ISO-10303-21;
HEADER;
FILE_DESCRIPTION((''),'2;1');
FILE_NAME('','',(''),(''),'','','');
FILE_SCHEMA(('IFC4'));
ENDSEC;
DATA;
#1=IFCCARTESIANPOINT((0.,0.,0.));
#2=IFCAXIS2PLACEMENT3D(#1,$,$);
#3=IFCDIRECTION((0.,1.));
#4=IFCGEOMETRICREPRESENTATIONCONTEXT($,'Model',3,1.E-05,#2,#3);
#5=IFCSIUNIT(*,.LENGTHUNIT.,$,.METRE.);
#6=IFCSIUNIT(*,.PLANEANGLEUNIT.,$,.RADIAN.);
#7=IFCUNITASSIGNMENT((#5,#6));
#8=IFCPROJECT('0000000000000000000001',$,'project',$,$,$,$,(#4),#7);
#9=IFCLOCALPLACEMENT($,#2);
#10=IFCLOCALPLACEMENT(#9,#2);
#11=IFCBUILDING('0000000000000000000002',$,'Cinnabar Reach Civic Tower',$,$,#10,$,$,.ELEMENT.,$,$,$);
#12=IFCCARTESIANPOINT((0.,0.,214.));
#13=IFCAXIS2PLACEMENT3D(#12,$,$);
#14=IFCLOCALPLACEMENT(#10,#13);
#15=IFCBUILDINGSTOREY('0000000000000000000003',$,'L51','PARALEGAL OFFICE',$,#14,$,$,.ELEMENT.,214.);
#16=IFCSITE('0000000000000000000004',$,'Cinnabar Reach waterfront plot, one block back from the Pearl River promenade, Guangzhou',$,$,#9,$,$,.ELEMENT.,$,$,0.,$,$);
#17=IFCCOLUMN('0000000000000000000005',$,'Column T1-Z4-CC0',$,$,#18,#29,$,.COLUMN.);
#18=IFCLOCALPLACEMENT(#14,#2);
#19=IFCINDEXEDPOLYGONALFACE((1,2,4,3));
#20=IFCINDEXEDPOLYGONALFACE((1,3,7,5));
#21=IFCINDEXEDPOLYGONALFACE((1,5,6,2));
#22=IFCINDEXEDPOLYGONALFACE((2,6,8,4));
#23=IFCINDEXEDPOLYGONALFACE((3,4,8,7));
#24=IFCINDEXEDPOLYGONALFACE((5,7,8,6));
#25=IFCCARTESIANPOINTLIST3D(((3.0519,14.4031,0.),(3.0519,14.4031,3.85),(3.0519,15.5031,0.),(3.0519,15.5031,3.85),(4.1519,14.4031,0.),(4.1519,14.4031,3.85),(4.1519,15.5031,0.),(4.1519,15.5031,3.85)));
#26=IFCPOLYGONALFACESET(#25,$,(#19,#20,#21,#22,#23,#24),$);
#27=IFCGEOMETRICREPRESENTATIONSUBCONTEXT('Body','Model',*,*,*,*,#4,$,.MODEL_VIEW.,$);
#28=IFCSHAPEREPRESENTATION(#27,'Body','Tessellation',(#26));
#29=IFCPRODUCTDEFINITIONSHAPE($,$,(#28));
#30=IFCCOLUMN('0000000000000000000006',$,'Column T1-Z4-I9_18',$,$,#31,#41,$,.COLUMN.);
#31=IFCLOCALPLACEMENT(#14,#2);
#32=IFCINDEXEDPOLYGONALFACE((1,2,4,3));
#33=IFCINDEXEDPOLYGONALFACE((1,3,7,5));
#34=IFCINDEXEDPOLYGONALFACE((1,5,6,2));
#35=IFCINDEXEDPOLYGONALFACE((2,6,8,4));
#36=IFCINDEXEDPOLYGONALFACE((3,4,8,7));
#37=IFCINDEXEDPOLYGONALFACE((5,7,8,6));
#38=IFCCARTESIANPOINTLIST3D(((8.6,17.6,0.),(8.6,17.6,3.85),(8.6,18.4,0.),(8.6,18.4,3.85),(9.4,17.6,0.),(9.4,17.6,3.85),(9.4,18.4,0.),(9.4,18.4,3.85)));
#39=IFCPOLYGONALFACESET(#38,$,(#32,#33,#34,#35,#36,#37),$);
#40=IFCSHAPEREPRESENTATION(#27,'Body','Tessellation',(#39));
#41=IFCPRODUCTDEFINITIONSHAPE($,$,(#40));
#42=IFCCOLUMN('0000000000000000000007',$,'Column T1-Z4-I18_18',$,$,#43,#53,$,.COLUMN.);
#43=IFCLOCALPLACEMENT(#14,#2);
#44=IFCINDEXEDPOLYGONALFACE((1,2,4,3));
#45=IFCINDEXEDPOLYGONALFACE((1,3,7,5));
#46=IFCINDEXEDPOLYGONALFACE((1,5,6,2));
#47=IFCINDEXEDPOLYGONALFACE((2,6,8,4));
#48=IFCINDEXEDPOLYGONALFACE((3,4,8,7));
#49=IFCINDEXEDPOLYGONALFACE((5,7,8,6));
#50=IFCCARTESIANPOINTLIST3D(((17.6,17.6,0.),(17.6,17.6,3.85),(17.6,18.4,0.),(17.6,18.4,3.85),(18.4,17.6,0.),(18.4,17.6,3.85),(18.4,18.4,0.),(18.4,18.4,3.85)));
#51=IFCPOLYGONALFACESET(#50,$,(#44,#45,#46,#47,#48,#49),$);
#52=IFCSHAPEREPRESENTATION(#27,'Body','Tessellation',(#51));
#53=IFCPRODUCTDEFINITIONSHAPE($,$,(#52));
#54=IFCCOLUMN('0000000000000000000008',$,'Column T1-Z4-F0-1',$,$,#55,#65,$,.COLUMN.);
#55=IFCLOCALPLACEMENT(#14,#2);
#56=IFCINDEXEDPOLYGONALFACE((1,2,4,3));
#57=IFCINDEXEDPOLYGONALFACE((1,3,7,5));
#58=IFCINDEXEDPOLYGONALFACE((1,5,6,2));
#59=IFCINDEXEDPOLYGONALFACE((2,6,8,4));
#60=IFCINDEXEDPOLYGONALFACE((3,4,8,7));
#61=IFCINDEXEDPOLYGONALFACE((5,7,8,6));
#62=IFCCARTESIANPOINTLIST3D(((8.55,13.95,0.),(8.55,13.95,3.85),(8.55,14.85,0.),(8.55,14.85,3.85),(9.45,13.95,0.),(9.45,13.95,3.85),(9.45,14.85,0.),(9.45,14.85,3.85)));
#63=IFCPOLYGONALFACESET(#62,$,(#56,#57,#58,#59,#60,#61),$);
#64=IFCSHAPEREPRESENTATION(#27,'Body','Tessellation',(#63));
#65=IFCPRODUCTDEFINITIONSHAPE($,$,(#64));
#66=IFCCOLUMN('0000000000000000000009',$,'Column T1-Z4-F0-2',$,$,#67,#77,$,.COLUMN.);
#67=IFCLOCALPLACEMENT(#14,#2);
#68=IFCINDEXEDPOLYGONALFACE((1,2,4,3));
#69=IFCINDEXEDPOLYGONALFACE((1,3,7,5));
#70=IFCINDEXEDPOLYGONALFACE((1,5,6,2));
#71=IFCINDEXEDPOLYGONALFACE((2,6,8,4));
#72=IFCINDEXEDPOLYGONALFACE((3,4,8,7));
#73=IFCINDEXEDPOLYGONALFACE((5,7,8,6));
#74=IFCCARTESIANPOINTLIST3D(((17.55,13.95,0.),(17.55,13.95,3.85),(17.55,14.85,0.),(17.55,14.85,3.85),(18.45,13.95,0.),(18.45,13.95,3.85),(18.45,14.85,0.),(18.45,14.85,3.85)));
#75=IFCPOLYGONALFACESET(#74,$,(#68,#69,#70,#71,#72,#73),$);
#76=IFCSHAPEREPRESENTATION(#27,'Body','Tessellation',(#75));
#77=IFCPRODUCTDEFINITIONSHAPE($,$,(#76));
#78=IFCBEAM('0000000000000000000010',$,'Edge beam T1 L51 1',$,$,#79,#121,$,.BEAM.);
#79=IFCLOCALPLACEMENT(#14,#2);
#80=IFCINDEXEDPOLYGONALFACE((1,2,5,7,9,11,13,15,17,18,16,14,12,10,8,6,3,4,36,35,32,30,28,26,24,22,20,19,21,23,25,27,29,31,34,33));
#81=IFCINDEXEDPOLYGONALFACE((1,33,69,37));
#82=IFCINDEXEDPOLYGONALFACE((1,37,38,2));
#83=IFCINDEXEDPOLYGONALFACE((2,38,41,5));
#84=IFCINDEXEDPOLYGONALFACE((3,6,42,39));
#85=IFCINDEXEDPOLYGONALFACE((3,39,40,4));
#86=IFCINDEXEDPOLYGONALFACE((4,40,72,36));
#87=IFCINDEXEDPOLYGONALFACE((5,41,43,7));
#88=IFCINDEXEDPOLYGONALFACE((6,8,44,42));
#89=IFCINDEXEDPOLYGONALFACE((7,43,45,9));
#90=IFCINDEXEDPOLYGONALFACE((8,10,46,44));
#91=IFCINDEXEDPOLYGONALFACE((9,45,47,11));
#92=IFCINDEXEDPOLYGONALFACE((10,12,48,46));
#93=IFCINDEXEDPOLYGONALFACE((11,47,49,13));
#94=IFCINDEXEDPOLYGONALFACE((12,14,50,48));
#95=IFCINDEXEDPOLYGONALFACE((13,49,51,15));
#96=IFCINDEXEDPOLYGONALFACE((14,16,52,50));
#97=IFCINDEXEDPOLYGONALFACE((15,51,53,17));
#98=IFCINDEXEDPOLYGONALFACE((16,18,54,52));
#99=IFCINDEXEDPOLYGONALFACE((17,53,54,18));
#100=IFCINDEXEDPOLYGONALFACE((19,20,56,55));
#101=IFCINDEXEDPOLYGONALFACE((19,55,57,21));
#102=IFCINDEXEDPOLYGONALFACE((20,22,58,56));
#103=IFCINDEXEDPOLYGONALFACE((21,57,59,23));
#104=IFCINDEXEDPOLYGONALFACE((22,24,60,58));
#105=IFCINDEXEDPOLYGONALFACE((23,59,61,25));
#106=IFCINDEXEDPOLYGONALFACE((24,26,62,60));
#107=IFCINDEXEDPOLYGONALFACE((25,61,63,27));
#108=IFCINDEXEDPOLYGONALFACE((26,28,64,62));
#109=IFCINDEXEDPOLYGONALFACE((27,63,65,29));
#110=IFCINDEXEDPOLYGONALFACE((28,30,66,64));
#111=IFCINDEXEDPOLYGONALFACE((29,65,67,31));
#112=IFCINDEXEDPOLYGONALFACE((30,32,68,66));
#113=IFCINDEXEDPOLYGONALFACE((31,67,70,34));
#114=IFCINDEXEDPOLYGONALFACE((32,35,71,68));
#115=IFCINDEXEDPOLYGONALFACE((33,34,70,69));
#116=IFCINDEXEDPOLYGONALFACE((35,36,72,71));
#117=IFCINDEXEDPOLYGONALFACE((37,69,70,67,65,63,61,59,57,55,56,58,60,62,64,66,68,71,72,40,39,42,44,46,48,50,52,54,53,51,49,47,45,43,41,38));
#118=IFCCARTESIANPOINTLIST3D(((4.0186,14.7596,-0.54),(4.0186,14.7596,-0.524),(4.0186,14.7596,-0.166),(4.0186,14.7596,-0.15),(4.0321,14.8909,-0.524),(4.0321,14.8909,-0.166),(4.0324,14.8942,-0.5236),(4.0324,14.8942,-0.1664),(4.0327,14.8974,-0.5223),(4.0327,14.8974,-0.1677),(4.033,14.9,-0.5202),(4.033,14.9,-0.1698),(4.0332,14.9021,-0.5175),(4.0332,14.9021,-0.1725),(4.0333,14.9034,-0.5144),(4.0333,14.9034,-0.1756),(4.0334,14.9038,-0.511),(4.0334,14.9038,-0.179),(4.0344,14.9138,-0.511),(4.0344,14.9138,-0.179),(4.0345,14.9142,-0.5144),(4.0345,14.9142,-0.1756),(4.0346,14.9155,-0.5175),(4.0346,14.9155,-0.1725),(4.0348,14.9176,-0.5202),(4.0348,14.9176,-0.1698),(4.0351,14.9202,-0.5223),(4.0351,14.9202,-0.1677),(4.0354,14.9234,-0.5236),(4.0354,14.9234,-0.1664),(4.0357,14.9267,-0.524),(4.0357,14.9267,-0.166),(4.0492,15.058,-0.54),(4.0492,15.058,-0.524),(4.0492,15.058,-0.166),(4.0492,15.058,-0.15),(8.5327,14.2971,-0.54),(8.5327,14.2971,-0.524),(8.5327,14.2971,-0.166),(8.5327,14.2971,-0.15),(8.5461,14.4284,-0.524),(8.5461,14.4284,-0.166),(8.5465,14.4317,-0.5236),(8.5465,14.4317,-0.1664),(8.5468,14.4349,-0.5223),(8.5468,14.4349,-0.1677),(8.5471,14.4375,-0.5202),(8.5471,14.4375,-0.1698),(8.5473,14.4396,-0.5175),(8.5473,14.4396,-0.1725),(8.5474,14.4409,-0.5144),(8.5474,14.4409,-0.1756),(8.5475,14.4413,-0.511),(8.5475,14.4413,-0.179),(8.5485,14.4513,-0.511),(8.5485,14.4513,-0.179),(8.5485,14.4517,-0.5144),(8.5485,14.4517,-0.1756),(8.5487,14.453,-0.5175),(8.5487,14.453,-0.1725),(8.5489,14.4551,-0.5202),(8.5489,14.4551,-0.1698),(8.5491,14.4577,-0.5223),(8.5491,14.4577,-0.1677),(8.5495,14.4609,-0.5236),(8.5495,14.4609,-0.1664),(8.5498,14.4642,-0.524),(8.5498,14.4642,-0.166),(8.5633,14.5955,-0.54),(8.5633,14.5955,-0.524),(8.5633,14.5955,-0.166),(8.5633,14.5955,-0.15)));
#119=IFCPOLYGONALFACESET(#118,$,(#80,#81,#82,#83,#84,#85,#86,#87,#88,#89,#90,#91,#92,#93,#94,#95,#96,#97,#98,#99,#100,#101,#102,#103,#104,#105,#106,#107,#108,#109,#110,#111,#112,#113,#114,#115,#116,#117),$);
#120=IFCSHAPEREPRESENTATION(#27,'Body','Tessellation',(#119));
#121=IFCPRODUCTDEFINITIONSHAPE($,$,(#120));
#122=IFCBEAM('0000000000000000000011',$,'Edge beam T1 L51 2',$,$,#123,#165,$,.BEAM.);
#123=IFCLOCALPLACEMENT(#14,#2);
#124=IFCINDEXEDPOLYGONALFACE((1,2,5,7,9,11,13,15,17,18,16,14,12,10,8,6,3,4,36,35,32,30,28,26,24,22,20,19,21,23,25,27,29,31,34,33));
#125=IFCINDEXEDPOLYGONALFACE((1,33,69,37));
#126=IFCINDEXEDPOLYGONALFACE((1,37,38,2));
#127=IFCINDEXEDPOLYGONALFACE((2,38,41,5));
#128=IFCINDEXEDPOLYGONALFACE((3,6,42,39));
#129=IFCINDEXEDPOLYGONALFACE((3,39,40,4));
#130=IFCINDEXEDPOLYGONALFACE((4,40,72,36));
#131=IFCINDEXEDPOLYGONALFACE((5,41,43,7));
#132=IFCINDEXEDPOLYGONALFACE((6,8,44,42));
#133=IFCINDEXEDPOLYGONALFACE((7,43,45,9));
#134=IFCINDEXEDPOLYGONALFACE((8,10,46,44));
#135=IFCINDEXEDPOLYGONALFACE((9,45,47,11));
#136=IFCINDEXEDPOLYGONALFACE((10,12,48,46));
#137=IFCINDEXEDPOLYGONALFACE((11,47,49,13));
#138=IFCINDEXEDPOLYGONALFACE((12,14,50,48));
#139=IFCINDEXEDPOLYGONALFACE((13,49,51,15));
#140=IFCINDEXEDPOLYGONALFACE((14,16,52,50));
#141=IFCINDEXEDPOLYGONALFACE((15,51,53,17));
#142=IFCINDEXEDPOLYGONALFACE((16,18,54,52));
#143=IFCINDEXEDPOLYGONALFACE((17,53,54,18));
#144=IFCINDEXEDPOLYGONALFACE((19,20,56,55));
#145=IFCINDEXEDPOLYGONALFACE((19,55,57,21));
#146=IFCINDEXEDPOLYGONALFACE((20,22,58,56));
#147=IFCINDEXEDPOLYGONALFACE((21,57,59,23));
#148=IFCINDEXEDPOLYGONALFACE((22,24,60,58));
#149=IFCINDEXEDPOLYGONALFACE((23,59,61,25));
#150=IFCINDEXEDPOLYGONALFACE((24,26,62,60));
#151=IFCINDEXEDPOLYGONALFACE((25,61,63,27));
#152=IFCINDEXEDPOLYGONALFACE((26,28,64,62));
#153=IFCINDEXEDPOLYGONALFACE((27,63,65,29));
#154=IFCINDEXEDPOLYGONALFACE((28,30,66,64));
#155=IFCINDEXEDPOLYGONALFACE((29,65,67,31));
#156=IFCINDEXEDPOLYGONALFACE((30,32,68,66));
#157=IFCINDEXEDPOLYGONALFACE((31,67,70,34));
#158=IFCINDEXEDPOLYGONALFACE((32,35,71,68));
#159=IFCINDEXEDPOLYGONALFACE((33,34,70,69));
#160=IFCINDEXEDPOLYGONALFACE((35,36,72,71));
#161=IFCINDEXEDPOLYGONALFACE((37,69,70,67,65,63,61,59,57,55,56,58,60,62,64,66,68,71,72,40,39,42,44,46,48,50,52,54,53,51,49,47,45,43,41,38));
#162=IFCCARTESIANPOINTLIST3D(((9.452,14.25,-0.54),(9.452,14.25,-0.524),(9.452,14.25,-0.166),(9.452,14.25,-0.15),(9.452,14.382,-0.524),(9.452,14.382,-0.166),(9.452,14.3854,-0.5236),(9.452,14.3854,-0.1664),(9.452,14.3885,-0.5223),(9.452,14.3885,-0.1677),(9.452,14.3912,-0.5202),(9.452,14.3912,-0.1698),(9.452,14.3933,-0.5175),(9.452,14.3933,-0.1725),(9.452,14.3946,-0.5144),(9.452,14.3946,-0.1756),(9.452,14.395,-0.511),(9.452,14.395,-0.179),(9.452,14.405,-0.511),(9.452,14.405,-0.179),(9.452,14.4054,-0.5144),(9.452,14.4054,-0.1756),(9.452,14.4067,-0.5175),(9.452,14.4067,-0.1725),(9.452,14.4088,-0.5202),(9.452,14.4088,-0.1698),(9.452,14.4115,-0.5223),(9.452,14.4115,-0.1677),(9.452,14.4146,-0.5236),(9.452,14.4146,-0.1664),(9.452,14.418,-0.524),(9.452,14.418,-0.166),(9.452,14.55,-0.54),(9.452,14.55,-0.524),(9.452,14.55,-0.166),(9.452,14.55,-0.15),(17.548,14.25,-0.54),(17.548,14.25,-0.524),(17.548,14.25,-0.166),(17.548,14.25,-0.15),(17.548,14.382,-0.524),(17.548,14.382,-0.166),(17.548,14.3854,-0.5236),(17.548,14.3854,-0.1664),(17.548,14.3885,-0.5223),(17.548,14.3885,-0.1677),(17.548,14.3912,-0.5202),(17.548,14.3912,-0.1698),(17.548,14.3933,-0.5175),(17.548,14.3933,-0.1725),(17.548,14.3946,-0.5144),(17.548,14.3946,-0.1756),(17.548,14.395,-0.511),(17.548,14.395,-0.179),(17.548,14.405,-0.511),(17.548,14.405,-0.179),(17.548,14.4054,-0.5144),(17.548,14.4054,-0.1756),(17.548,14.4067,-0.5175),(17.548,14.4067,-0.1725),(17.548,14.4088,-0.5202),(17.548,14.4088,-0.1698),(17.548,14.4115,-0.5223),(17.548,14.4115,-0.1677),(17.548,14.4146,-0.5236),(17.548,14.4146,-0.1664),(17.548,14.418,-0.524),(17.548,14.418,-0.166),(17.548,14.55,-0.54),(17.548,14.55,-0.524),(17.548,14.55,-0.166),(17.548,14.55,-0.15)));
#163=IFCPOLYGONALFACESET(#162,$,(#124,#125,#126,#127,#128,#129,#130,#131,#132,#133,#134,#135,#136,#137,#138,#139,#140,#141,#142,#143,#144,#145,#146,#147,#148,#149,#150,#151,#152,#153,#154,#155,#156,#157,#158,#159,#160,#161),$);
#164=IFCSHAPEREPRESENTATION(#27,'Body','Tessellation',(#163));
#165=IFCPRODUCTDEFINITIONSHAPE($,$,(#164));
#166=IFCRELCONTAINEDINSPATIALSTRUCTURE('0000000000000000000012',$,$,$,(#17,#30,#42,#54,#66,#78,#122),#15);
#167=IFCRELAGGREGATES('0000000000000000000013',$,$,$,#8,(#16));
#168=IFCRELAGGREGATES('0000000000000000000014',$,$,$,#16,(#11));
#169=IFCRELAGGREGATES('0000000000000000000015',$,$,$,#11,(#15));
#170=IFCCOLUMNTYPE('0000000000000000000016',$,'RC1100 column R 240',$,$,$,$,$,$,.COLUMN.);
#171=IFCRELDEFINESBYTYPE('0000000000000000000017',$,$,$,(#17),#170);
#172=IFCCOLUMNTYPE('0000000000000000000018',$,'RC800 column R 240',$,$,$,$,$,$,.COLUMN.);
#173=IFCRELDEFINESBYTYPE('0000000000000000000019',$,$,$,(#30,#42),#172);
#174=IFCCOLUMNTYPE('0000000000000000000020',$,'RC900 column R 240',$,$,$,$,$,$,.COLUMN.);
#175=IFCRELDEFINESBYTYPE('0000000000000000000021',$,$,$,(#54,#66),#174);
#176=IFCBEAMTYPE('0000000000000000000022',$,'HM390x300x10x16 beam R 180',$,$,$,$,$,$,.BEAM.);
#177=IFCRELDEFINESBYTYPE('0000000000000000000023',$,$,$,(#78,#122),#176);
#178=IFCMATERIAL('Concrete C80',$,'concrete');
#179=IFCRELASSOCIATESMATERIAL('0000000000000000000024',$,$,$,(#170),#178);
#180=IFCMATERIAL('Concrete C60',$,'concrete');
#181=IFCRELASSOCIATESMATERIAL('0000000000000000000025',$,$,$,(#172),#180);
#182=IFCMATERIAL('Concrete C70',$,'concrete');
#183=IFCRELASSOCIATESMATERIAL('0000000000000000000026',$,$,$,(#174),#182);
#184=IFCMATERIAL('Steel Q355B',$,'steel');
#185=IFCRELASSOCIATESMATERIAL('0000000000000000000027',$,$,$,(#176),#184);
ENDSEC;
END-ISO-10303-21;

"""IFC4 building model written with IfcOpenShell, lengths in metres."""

from ifc_helpers import new_model, si_unit, direction, frame, origin, origin_2d, place, context, subcontext, project, spatial, rectangle, i_section, extrude, material, material_profile, profile_set, type_object, element, save


model = new_model("IFC4")

# Units and contexts
model_context = context("Model", 3, precision=1e-05, world=origin(), true_north=direction((0.0, 1.0)))
body_context = subcontext(model_context, "Body", "Model", "MODEL_VIEW")
ifc_project = project(units=[si_unit("LENGTHUNIT", "METRE"), si_unit("PLANEANGLEUNIT", "RADIAN")], contexts=[model_context])

# Site, building, storey
site_placement = place(None, origin())
site = spatial("IfcSite", under=ifc_project, at=site_placement, Name="Cinnabar Reach waterfront plot, one block back from the Pearl River promenade, Guangzhou", CompositionType="ELEMENT", RefElevation=0.0)
building_placement = place(site_placement, origin())
building = spatial("IfcBuilding", under=site, at=building_placement, Name="Cinnabar Reach Civic Tower", CompositionType="ELEMENT")
storey_placement = place(building_placement, frame((0.0, 0.0, 214.0)))
storey = spatial("IfcBuildingStorey", under=building, at=storey_placement, Name="L51", Description="PARALEGAL OFFICE", CompositionType="ELEMENT", Elevation=214.0)

# Columns
ifc_material_1 = material(Name="Concrete C80", Category="concrete")
ifc_material_profile_1 = material_profile(ifc_material_1, rectangle(XDim=1.1, YDim=1.1, at=origin_2d()), Name="RC1100")
ifc_profile_set_1 = profile_set([ifc_material_profile_1], Name="Concrete C80")
column_type_1 = type_object("IfcColumnType", Name="RC1100 column R 240", PredefinedType="COLUMN", material=ifc_profile_set_1)
column_placement = place(storey_placement, frame((3.6019, 14.9531, 0.0), z_axis=(0.0, 0.0, 1.0), x_axis=(1.0, 0.0, 0.0)))
element("IfcColumn", 1, at=column_placement, inside=storey, type_object=column_type_1, Name="Column T1-Z4-CC0", PredefinedType="COLUMN", context=body_context, shape_type="SweptSolid", body=[
    extrude(rectangle(XDim=1.1, YDim=1.1, at=origin_2d()), origin(), (0.0, 0.0, 1.0), 3.85),
])
ifc_material_2 = material(Name="Concrete C60", Category="concrete")
ifc_material_profile_2 = material_profile(ifc_material_2, rectangle(XDim=0.8, YDim=0.8, at=origin_2d()), Name="RC800")
ifc_profile_set_2 = profile_set([ifc_material_profile_2], Name="Concrete C60")
column_type_2 = type_object("IfcColumnType", Name="RC800 column R 240", PredefinedType="COLUMN", material=ifc_profile_set_2)
for number, where, z_axis, x_axis, name in (
    (2, (9.0, 18.0, 0.0), (0.0, 0.0, 1.0), (1.0, 0.0, 0.0), "Column T1-Z4-I9_18"),
    (3, (18.0, 18.0, 0.0), (0.0, 0.0, 1.0), (1.0, 0.0, 0.0), "Column T1-Z4-I18_18"),
):
    element("IfcColumn", number, at=place(storey_placement, frame(where, z_axis=z_axis, x_axis=x_axis)), inside=storey, type_object=column_type_2, Name=name, PredefinedType="COLUMN", context=body_context, shape_type="SweptSolid", body=[
        extrude(rectangle(XDim=0.8, YDim=0.8, at=origin_2d()), origin(), (0.0, 0.0, 1.0), 3.85),
    ])
ifc_material_3 = material(Name="Concrete C70", Category="concrete")
ifc_material_profile_3 = material_profile(ifc_material_3, rectangle(XDim=0.9, YDim=0.9, at=origin_2d()), Name="RC900")
ifc_profile_set_3 = profile_set([ifc_material_profile_3], Name="Concrete C70")
column_type_3 = type_object("IfcColumnType", Name="RC900 column R 240", PredefinedType="COLUMN", material=ifc_profile_set_3)
for number, where, z_axis, x_axis, name in (
    (4, (9.0, 14.4, 0.0), (0.0, 0.0, 1.0), (1.0, 0.0, 0.0), "Column T1-Z4-F0-1"),
    (5, (18.0, 14.4, 0.0), (0.0, 0.0, 1.0), (1.0, 0.0, 0.0), "Column T1-Z4-F0-2"),
):
    element("IfcColumn", number, at=place(storey_placement, frame(where, z_axis=z_axis, x_axis=x_axis)), inside=storey, type_object=column_type_3, Name=name, PredefinedType="COLUMN", context=body_context, shape_type="SweptSolid", body=[
        extrude(rectangle(XDim=0.9, YDim=0.9, at=origin_2d()), origin(), (0.0, 0.0, 1.0), 3.85),
    ])

# Beams
ifc_material_4 = material(Name="Steel Q355B", Category="steel")
ifc_material_profile_4 = material_profile(ifc_material_4, i_section(OverallWidth=0.3, OverallDepth=0.39, WebThickness=0.01, FlangeThickness=0.016, FilletRadius=0.013, at=origin_2d()), Name="HM390x300x10x16")
ifc_profile_set_4 = profile_set([ifc_material_profile_4], Name="Steel Q355B")
beam_type_1 = type_object("IfcBeamType", Name="HM390x300x10x16 beam R 180", PredefinedType="BEAM", material=ifc_profile_set_4)
beam_1_placement = place(storey_placement, frame((4.0339, 14.9088, -0.345), z_axis=(0.994792, -0.101923, 0.0), x_axis=(0.101923, 0.994792, 0.0)))
element("IfcBeam", 6, at=beam_1_placement, inside=storey, type_object=beam_type_1, Name="Edge beam T1 L51 1", PredefinedType="BEAM", context=body_context, shape_type="SweptSolid", body=[
    extrude(i_section(OverallWidth=0.3, OverallDepth=0.39, WebThickness=0.01, FlangeThickness=0.016, FilletRadius=0.013, at=origin_2d()), origin(), (0.0, 0.0, 1.0), 4.5377),
])
beam_2_placement = place(storey_placement, frame((9.452, 14.4, -0.345), z_axis=(1.0, 0.0, 0.0), x_axis=(0.0, 1.0, 0.0)))
element("IfcBeam", 7, at=beam_2_placement, inside=storey, type_object=beam_type_1, Name="Edge beam T1 L51 2", PredefinedType="BEAM", context=body_context, shape_type="SweptSolid", body=[
    extrude(i_section(OverallWidth=0.3, OverallDepth=0.39, WebThickness=0.01, FlangeThickness=0.016, FilletRadius=0.013, at=origin_2d()), origin(), (0.0, 0.0, 1.0), 8.096),
])

save(model, "model.ifc")
